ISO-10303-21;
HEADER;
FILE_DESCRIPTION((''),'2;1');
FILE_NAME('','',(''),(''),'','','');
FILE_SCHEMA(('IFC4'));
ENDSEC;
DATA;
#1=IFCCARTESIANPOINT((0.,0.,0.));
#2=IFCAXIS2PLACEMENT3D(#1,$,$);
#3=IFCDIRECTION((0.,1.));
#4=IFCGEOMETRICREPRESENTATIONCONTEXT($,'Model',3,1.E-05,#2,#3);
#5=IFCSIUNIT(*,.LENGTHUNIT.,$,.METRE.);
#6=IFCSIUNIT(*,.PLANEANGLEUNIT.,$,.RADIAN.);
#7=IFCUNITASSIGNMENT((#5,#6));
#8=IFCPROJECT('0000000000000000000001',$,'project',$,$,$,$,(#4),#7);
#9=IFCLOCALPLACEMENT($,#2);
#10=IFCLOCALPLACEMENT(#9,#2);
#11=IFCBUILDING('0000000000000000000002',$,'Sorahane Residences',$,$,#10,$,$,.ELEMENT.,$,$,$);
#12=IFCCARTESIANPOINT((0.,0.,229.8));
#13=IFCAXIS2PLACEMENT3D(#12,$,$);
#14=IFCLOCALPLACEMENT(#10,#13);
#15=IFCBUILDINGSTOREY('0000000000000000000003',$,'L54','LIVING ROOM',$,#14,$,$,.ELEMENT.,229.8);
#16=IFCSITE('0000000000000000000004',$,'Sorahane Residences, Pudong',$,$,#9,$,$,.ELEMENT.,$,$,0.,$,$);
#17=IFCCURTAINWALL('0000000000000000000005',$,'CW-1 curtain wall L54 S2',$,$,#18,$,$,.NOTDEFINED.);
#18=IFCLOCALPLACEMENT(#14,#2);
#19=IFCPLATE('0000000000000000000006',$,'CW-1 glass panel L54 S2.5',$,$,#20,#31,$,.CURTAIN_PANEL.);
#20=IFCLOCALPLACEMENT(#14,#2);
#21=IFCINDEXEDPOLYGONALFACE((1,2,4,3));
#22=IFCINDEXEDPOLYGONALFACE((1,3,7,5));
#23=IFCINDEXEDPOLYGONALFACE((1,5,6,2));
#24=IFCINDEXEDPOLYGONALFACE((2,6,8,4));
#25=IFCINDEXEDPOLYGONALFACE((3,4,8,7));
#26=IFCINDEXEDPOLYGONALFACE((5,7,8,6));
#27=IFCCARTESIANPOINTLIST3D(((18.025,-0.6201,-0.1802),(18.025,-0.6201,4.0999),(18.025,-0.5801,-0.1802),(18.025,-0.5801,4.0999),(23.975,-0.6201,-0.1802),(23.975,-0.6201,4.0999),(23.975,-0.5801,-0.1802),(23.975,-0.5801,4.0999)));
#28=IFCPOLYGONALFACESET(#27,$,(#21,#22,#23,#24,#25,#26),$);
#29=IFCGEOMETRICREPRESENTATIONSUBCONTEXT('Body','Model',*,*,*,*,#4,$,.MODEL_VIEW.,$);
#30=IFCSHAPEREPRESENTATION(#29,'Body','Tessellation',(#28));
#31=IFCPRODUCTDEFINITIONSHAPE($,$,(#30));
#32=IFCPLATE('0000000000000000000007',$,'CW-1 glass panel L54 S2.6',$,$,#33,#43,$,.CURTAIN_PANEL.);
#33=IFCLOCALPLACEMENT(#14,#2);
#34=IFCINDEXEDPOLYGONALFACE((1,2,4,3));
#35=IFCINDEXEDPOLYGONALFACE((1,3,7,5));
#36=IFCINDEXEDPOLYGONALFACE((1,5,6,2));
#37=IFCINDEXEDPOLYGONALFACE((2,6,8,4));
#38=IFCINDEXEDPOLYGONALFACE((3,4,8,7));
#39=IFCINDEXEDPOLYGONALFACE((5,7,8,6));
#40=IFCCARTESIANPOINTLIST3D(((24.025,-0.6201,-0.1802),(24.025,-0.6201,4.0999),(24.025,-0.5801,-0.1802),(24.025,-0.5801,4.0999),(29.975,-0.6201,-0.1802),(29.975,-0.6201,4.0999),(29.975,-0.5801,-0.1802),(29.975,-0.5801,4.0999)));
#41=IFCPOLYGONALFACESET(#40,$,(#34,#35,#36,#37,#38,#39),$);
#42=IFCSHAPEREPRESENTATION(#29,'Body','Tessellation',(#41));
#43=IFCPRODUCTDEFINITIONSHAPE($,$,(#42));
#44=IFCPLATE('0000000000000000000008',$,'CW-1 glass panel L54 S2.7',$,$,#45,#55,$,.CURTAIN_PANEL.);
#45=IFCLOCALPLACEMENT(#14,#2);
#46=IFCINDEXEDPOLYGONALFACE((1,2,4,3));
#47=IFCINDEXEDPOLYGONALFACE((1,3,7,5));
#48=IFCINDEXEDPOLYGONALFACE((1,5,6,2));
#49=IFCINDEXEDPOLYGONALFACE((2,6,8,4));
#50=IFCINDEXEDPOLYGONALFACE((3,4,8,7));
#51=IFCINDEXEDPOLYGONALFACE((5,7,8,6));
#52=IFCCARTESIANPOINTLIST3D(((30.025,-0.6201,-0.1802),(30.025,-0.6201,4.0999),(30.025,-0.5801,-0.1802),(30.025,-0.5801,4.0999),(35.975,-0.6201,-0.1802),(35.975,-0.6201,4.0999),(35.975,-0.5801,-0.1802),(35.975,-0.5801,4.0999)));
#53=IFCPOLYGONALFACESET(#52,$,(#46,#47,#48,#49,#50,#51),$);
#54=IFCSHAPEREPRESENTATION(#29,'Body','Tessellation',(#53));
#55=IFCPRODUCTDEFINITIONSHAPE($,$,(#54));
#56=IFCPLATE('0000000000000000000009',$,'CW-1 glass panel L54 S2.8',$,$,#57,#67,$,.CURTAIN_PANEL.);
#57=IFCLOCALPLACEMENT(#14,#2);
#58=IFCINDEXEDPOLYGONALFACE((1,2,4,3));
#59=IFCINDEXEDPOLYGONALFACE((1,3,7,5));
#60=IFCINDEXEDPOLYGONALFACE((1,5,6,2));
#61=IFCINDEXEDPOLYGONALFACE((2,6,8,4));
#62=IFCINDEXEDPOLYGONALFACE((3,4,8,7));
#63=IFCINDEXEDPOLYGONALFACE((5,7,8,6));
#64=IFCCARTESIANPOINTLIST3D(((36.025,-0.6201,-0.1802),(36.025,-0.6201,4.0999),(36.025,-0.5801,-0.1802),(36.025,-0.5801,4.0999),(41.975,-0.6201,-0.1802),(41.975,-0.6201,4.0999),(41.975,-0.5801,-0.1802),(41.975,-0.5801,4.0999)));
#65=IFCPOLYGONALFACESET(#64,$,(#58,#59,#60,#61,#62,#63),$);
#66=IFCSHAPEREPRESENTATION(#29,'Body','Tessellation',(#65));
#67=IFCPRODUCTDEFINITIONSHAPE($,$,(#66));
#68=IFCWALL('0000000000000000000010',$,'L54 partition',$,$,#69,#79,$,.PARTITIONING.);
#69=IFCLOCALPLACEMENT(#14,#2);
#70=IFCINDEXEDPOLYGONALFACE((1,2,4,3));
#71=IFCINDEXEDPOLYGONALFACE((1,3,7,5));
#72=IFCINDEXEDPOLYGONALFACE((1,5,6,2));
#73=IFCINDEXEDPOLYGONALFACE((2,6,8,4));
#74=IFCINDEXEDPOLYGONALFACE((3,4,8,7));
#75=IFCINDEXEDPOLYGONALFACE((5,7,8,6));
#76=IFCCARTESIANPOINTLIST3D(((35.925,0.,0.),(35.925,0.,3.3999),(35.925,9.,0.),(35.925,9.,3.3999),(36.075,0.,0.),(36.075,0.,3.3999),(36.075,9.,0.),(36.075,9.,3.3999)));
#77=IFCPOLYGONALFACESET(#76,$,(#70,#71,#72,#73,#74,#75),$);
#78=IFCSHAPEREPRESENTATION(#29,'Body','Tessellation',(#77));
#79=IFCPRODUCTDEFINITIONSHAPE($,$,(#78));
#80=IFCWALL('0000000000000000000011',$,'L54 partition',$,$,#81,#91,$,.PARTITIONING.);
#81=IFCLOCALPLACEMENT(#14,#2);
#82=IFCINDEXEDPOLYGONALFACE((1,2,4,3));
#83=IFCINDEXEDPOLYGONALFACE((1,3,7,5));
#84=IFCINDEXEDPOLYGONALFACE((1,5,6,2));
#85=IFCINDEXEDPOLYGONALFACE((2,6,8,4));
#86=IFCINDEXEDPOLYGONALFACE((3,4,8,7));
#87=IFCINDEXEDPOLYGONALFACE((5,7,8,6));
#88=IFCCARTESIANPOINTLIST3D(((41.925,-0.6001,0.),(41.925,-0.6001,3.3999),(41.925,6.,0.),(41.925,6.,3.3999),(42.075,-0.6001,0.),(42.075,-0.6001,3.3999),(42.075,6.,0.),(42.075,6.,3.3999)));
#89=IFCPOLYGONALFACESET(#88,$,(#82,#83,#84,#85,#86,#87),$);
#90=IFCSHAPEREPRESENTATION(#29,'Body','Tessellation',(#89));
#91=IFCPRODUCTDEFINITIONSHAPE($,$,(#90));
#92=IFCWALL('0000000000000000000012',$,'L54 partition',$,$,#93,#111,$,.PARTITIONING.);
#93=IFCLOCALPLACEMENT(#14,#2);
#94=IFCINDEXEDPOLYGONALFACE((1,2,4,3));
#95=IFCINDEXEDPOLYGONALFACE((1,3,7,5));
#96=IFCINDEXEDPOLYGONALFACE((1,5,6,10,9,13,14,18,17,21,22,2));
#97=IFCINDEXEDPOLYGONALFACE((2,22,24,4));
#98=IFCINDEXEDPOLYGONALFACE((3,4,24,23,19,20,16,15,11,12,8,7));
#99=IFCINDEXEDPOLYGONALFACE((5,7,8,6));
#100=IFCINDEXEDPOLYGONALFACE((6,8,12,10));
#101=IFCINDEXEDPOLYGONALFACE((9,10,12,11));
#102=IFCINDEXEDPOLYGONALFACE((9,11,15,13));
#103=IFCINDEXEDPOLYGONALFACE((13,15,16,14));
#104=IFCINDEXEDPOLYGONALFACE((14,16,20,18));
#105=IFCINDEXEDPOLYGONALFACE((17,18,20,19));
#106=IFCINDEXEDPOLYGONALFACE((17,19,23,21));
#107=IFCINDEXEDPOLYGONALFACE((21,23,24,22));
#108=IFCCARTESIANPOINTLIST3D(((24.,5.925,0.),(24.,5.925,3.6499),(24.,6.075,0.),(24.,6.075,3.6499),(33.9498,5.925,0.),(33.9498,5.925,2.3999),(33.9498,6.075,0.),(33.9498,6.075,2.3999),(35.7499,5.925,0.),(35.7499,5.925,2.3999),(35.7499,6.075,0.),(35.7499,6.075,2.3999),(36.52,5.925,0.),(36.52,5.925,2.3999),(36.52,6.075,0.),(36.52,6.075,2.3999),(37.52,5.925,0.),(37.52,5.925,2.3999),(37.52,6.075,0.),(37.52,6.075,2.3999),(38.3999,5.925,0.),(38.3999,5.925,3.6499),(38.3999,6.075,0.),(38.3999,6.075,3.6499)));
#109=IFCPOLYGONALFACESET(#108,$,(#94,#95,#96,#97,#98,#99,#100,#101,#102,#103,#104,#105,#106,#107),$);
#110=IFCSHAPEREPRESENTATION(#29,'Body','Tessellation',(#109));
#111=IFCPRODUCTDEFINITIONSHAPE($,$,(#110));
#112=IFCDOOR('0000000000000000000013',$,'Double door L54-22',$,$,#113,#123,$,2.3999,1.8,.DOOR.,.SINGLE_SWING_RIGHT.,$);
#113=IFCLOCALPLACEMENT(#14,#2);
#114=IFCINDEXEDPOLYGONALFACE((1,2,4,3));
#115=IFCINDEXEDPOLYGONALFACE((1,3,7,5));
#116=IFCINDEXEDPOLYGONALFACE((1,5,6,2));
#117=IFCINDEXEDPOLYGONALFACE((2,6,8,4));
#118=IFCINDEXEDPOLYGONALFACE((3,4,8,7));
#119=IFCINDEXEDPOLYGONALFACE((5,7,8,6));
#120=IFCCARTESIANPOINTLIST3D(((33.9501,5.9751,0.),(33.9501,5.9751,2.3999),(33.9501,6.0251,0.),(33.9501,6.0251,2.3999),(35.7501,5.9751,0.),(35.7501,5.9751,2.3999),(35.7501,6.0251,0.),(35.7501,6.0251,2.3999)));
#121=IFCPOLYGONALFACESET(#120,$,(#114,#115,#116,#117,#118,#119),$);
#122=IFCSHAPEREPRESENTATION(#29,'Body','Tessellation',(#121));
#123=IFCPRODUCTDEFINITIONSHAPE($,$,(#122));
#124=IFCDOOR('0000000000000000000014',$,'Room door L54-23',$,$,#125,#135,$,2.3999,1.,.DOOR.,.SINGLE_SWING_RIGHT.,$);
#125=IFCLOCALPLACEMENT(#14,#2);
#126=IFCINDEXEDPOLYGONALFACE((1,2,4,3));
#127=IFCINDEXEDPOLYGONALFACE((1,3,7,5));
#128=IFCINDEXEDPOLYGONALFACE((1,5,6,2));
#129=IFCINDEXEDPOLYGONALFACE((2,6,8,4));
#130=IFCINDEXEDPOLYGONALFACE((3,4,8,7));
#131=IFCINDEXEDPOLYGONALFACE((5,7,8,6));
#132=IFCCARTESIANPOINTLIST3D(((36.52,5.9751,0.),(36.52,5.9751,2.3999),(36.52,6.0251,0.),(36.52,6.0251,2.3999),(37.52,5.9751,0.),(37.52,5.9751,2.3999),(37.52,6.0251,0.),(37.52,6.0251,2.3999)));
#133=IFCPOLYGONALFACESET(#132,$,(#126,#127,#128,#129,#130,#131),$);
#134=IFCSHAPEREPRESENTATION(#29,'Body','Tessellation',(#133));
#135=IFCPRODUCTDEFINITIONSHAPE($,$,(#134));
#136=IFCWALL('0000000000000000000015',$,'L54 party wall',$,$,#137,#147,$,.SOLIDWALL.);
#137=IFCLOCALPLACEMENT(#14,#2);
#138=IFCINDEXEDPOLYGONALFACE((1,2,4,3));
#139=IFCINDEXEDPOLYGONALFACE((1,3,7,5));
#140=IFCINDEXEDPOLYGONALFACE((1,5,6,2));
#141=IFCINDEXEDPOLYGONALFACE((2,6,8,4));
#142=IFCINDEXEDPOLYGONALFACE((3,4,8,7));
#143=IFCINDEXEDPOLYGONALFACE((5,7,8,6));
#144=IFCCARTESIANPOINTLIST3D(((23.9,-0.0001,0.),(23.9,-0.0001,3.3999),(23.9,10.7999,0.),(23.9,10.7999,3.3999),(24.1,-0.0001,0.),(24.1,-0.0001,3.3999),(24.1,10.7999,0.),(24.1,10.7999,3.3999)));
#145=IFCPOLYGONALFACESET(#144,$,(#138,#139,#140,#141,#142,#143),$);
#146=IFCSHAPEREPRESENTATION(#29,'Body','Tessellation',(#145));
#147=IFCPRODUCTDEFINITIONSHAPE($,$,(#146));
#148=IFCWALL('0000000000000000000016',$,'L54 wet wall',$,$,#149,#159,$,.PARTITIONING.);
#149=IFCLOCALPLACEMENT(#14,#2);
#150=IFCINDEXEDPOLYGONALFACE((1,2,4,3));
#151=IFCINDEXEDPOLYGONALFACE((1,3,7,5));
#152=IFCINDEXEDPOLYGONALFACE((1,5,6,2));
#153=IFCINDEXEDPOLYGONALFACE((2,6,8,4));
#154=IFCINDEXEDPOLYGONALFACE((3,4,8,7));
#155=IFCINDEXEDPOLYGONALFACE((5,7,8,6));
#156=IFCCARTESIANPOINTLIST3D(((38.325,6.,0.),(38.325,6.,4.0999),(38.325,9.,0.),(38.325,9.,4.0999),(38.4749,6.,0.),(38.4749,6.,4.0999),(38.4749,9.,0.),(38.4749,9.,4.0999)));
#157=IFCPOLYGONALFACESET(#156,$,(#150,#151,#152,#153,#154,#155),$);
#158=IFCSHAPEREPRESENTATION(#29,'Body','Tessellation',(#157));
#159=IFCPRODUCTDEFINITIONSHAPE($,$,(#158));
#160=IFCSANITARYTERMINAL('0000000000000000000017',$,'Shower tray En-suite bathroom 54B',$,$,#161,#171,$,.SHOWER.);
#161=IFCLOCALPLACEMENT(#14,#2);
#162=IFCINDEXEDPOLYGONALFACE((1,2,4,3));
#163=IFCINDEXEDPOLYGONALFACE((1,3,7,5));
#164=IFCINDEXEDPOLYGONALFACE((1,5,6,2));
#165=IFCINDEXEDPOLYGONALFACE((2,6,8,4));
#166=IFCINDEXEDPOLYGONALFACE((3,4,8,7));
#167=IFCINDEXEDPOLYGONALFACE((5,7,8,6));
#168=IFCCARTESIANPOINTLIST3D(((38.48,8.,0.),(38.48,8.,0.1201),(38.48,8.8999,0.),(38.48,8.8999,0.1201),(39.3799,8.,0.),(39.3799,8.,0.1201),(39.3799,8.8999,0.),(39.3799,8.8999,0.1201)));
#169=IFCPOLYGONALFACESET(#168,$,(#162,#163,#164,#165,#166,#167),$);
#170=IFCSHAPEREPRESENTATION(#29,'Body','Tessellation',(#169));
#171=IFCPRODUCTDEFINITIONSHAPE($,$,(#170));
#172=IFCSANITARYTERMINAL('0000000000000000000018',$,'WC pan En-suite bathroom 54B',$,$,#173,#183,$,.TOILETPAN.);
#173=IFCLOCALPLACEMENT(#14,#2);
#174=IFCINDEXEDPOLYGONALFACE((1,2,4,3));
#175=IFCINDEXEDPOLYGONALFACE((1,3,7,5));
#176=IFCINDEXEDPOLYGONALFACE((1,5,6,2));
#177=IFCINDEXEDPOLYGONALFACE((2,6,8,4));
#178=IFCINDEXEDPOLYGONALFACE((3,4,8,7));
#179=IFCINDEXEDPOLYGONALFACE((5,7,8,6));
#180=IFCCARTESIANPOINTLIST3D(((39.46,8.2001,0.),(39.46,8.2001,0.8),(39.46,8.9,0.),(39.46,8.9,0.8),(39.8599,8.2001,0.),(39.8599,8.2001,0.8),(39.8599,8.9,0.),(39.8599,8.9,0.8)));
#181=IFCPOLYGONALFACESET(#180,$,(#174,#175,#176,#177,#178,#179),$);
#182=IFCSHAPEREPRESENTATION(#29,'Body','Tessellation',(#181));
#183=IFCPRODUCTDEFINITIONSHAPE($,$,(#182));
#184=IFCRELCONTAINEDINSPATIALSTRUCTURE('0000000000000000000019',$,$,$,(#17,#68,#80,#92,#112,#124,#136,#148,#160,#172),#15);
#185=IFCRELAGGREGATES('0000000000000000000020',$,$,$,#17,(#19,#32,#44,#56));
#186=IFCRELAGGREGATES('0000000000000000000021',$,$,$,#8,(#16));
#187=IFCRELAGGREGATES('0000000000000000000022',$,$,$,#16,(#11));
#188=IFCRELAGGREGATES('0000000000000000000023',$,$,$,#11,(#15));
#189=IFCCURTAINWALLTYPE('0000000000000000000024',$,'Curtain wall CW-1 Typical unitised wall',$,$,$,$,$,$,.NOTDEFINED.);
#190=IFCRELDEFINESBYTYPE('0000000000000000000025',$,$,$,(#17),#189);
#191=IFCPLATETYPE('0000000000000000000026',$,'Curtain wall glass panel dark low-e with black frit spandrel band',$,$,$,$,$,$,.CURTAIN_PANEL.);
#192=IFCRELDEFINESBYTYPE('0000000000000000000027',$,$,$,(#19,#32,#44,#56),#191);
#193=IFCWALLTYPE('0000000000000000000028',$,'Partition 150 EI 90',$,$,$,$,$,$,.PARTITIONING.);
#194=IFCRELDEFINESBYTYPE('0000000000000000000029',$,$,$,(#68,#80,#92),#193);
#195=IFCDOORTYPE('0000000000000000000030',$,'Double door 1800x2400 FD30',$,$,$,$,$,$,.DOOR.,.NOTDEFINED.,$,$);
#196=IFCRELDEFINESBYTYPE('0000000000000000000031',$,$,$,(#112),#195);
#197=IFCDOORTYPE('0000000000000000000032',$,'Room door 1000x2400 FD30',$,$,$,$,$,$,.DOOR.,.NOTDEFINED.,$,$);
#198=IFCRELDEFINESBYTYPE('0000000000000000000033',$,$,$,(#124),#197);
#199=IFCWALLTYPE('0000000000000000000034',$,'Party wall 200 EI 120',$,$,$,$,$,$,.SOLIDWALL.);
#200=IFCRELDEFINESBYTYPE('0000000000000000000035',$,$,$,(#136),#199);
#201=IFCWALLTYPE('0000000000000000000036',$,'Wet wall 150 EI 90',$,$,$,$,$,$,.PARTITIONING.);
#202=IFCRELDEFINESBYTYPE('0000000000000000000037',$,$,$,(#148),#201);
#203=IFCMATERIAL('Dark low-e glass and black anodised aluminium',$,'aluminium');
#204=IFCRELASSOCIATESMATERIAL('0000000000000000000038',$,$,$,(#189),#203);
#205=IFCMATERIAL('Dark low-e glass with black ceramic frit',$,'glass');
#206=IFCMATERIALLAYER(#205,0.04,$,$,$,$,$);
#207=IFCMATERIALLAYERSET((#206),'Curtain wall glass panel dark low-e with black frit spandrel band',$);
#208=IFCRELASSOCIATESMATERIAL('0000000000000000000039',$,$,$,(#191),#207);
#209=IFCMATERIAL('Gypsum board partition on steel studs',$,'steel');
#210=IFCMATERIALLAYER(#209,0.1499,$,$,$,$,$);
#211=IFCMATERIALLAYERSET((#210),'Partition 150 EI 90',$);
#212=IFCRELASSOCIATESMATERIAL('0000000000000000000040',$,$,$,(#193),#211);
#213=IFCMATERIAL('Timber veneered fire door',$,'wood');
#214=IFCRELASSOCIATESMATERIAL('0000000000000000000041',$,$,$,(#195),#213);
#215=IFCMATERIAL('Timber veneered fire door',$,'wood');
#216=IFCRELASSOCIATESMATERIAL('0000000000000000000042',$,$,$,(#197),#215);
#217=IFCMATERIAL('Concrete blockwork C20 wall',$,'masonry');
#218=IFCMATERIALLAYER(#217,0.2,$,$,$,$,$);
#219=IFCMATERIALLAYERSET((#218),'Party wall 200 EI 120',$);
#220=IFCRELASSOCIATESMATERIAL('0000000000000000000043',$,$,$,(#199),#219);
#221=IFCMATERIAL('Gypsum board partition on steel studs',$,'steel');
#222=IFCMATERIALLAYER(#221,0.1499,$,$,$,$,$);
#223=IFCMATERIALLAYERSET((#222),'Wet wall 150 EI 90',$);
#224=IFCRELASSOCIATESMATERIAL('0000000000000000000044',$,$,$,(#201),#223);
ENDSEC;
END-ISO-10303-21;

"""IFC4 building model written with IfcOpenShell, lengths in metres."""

from ifc_helpers import new_model, si_unit, direction, frame, frame_2d, origin, origin_2d, place, context, subcontext, project, spatial, rectangle, extrude, material, layer, layer_set, type_object, element, fill, aggregate, save


model = new_model("IFC4")

# Units and contexts
model_context = context("Model", 3, precision=1e-05, world=origin(), true_north=direction((0.0, 1.0)))
body_context = subcontext(model_context, "Body", "Model", "MODEL_VIEW")
ifc_project = project(units=[si_unit("LENGTHUNIT", "METRE"), si_unit("PLANEANGLEUNIT", "RADIAN")], contexts=[model_context])

# Site, building, storey
site_placement = place(None, origin())
site = spatial("IfcSite", under=ifc_project, at=site_placement, Name="Sorahane Residences, Pudong", CompositionType="ELEMENT", RefElevation=0.0)
building_placement = place(site_placement, origin())
building = spatial("IfcBuilding", under=site, at=building_placement, Name="Sorahane Residences", CompositionType="ELEMENT")
storey_placement = place(building_placement, frame((0.0, 0.0, 229.8)))
storey = spatial("IfcBuildingStorey", under=building, at=storey_placement, Name="L54", Description="LIVING ROOM", CompositionType="ELEMENT", Elevation=229.8)

# Curtain wall
ifc_material_1 = material(Name="Dark low-e glass and black anodised aluminium", Category="aluminium")
curtain_wall_type = type_object("IfcCurtainWallType", Name="Curtain wall CW-1 Typical unitised wall", PredefinedType="NOTDEFINED", material=ifc_material_1)
curtain_wall_placement = place(storey_placement, origin())
curtain_wall = element("IfcCurtainWall", 1, at=curtain_wall_placement, inside=storey, type_object=curtain_wall_type, Name="CW-1 curtain wall L54 S2", PredefinedType="NOTDEFINED")

# Plates
ifc_material_2 = material(Name="Dark low-e glass with black ceramic frit", Category="glass")
ifc_layer_1 = layer(ifc_material_2, 0.04)
ifc_layer_set_1 = layer_set([ifc_layer_1], Name="Curtain wall glass panel dark low-e with black frit spandrel band")
plate_type = type_object("IfcPlateType", Name="Curtain wall glass panel dark low-e with black frit spandrel band", PredefinedType="CURTAIN_PANEL", material=ifc_layer_set_1)
plate_1_placement = place(storey_placement, frame((21.0, -0.6001, -0.1802), z_axis=(0.0, 0.0, 1.0), x_axis=(1.0, 0.0, 0.0)))
plate_1 = element("IfcPlate", 2, at=plate_1_placement, type_object=plate_type, Name="CW-1 glass panel L54 S2.5", PredefinedType="CURTAIN_PANEL", context=body_context, shape_type="SweptSolid", body=[
    extrude(rectangle(XDim=5.95, YDim=0.04, at=origin_2d()), origin(), (0.0, 0.0, 1.0), 4.28),
])
plate_2_placement = place(storey_placement, frame((27.0, -0.6001, -0.1802), z_axis=(0.0, 0.0, 1.0), x_axis=(1.0, 0.0, 0.0)))
plate_2 = element("IfcPlate", 3, at=plate_2_placement, type_object=plate_type, Name="CW-1 glass panel L54 S2.6", PredefinedType="CURTAIN_PANEL", context=body_context, shape_type="SweptSolid", body=[
    extrude(rectangle(XDim=5.95, YDim=0.04, at=origin_2d()), origin(), (0.0, 0.0, 1.0), 4.28),
])
plate_3_placement = place(storey_placement, frame((33.0, -0.6001, -0.1802), z_axis=(0.0, 0.0, 1.0), x_axis=(1.0, 0.0, 0.0)))
plate_3 = element("IfcPlate", 4, at=plate_3_placement, type_object=plate_type, Name="CW-1 glass panel L54 S2.7", PredefinedType="CURTAIN_PANEL", context=body_context, shape_type="SweptSolid", body=[
    extrude(rectangle(XDim=5.95, YDim=0.04, at=origin_2d()), origin(), (0.0, 0.0, 1.0), 4.28),
])
plate_4_placement = place(storey_placement, frame((39.0, -0.6001, -0.1802), z_axis=(0.0, 0.0, 1.0), x_axis=(1.0, 0.0, 0.0)))
plate_4 = element("IfcPlate", 5, at=plate_4_placement, type_object=plate_type, Name="CW-1 glass panel L54 S2.8", PredefinedType="CURTAIN_PANEL", context=body_context, shape_type="SweptSolid", body=[
    extrude(rectangle(XDim=5.95, YDim=0.04, at=origin_2d()), origin(), (0.0, 0.0, 1.0), 4.28),
])
aggregate(curtain_wall, [plate_1, plate_2, plate_3, plate_4])

# Walls
ifc_material_3 = material(Name="Gypsum board partition on steel studs", Category="steel")
ifc_layer_2 = layer(ifc_material_3, 0.1499)
ifc_layer_set_2 = layer_set([ifc_layer_2], Name="Partition 150 EI 90")
wall_type_1 = type_object("IfcWallType", Name="Partition 150 EI 90", PredefinedType="PARTITIONING", material=ifc_layer_set_2)
wall_1_placement = place(storey_placement, frame((36.0, 0.0, 0.0), z_axis=(0.0, 0.0, 1.0), x_axis=(0.0, 1.0, 0.0)))
element("IfcWall", 6, at=wall_1_placement, inside=storey, type_object=wall_type_1, Name="L54 partition", PredefinedType="PARTITIONING", context=body_context, shape_type="SweptSolid", body=[
    extrude(rectangle(XDim=9.0, YDim=0.1499, at=frame_2d((4.5, 0.0))), origin(), (0.0, 0.0, 1.0), 3.3999),
])
wall_2_placement = place(storey_placement, frame((42.0, -0.6001, 0.0), z_axis=(0.0, 0.0, 1.0), x_axis=(0.0, 1.0, 0.0)))
element("IfcWall", 7, at=wall_2_placement, inside=storey, type_object=wall_type_1, Name="L54 partition", PredefinedType="PARTITIONING", context=body_context, shape_type="SweptSolid", body=[
    extrude(rectangle(XDim=6.6001, YDim=0.1499, at=frame_2d((3.3, 0.0))), origin(), (0.0, 0.0, 1.0), 3.3999),
])

# Wall, openings, doors
wall_3_placement = place(storey_placement, frame((24.0, 6.0, 0.0), z_axis=(0.0, 0.0, 1.0), x_axis=(1.0, 0.0, 0.0)))
wall_3 = element("IfcWall", 8, at=wall_3_placement, inside=storey, type_object=wall_type_1, Name="L54 partition", PredefinedType="PARTITIONING", context=body_context, shape_type="SweptSolid", body=[
    extrude(rectangle(XDim=14.3999, YDim=0.1499, at=frame_2d((7.2, 0.0))), origin(), (0.0, 0.0, 1.0), 3.6499),
])
opening_1_placement = place(wall_3_placement, frame((9.95, 0.0, 0.0)))
opening_1 = element("IfcOpeningElement", 9, at=opening_1_placement, cuts=wall_3, PredefinedType="OPENING", context=body_context, shape_type="SweptSolid", body=[
    extrude(rectangle(XDim=1.8, YDim=2.3999, at=frame_2d((0.8999, 1.2))), frame((0.0, 0.085, 0.0), z_axis=(0.0, -1.0, 0.0), x_axis=(1.0, 0.0, 0.0)), (0.0, 0.0, 1.0), 0.1699),
])
opening_2_placement = place(wall_3_placement, frame((12.52, 0.0, 0.0)))
opening_2 = element("IfcOpeningElement", 10, at=opening_2_placement, cuts=wall_3, PredefinedType="OPENING", context=body_context, shape_type="SweptSolid", body=[
    extrude(rectangle(XDim=1.0, YDim=2.3999, at=frame_2d((0.5, 1.2))), frame((0.0, 0.085, 0.0), z_axis=(0.0, -1.0, 0.0), x_axis=(1.0, 0.0, 0.0)), (0.0, 0.0, 1.0), 0.1699),
])
ifc_material_4 = material(Name="Timber veneered fire door", Category="wood")
door_type_1 = type_object("IfcDoorType", Name="Double door 1800x2400 FD30", OperationType="NOTDEFINED", PredefinedType="DOOR", material=ifc_material_4)
door_1_placement = place(opening_1_placement, frame((1.8, 0.0, 0.0), z_axis=(0.0, 0.0, 1.0), x_axis=(-1.0, 0.0, 0.0)))
door_1 = element("IfcDoor", 11, at=door_1_placement, inside=storey, type_object=door_type_1, Name="Double door L54-22", OperationType="SINGLE_SWING_RIGHT", OverallHeight=2.3999, OverallWidth=1.8, PredefinedType="DOOR", context=body_context, shape_type="SweptSolid", body=[
    extrude(rectangle(XDim=1.8, YDim=2.3999, at=frame_2d((0.8999, 1.2))), frame((0.0, 0.0249, 0.0), z_axis=(0.0, -1.0, 0.0), x_axis=(1.0, 0.0, 0.0)), (0.0, 0.0, 1.0), 0.05),
])
fill(opening_1, door_1)
ifc_material_5 = material(Name="Timber veneered fire door", Category="wood")
door_type_2 = type_object("IfcDoorType", Name="Room door 1000x2400 FD30", OperationType="NOTDEFINED", PredefinedType="DOOR", material=ifc_material_5)
door_2_placement = place(opening_2_placement, frame((1.0, 0.0, 0.0), z_axis=(0.0, 0.0, 1.0), x_axis=(-1.0, 0.0, 0.0)))
door_2 = element("IfcDoor", 12, at=door_2_placement, inside=storey, type_object=door_type_2, Name="Room door L54-23", OperationType="SINGLE_SWING_RIGHT", OverallHeight=2.3999, OverallWidth=1.0, PredefinedType="DOOR", context=body_context, shape_type="SweptSolid", body=[
    extrude(rectangle(XDim=1.0, YDim=2.3999, at=frame_2d((0.5, 1.2))), frame((0.0, 0.0249, 0.0), z_axis=(0.0, -1.0, 0.0), x_axis=(1.0, 0.0, 0.0)), (0.0, 0.0, 1.0), 0.05),
])
fill(opening_2, door_2)

# Walls
ifc_material_6 = material(Name="Concrete blockwork C20 wall", Category="masonry")
ifc_layer_3 = layer(ifc_material_6, 0.2)
ifc_layer_set_3 = layer_set([ifc_layer_3], Name="Party wall 200 EI 120")
wall_type_2 = type_object("IfcWallType", Name="Party wall 200 EI 120", PredefinedType="SOLIDWALL", material=ifc_layer_set_3)
wall_4_placement = place(storey_placement, frame((24.0, 0.0, 0.0), z_axis=(0.0, 0.0, 1.0), x_axis=(0.0, 1.0, 0.0)))
element("IfcWall", 13, at=wall_4_placement, inside=storey, type_object=wall_type_2, Name="L54 party wall", PredefinedType="SOLIDWALL", context=body_context, shape_type="SweptSolid", body=[
    extrude(rectangle(XDim=10.8, YDim=0.2, at=frame_2d((5.3999, 0.0))), origin(), (0.0, 0.0, 1.0), 3.3999),
])
ifc_material_7 = material(Name="Gypsum board partition on steel studs", Category="steel")
ifc_layer_4 = layer(ifc_material_7, 0.1499)
ifc_layer_set_4 = layer_set([ifc_layer_4], Name="Wet wall 150 EI 90")
wall_type_3 = type_object("IfcWallType", Name="Wet wall 150 EI 90", PredefinedType="PARTITIONING", material=ifc_layer_set_4)
wall_5_placement = place(storey_placement, frame((38.3999, 6.0, 0.0), z_axis=(0.0, 0.0, 1.0), x_axis=(0.0, 1.0, 0.0)))
element("IfcWall", 14, at=wall_5_placement, inside=storey, type_object=wall_type_3, Name="L54 wet wall", PredefinedType="PARTITIONING", context=body_context, shape_type="SweptSolid", body=[
    extrude(rectangle(XDim=3.0, YDim=0.1499, at=frame_2d((1.5, 0.0))), origin(), (0.0, 0.0, 1.0), 4.0999),
])

# Sanitary terminals
sanitary_terminal_1_placement = place(storey_placement, frame((38.9299, 8.45, 0.0), z_axis=(0.0, 0.0, 1.0), x_axis=(1.0, 0.0, 0.0)))
element("IfcSanitaryTerminal", 15, at=sanitary_terminal_1_placement, inside=storey, Name="Shower tray En-suite bathroom 54B", PredefinedType="SHOWER", context=body_context, shape_type="SweptSolid", body=[
    extrude(rectangle(XDim=0.8999, YDim=0.8999, at=origin_2d()), origin(), (0.0, 0.0, 1.0), 0.1201),
])
sanitary_terminal_2_placement = place(storey_placement, frame((39.6599, 8.55, 0.0), z_axis=(0.0, 0.0, 1.0), x_axis=(1.0, 0.0, 0.0)))
element("IfcSanitaryTerminal", 16, at=sanitary_terminal_2_placement, inside=storey, Name="WC pan En-suite bathroom 54B", PredefinedType="TOILETPAN", context=body_context, shape_type="SweptSolid", body=[
    extrude(rectangle(XDim=0.3999, YDim=0.7, at=origin_2d()), origin(), (0.0, 0.0, 1.0), 0.8),
])

save(model, "model.ifc")
